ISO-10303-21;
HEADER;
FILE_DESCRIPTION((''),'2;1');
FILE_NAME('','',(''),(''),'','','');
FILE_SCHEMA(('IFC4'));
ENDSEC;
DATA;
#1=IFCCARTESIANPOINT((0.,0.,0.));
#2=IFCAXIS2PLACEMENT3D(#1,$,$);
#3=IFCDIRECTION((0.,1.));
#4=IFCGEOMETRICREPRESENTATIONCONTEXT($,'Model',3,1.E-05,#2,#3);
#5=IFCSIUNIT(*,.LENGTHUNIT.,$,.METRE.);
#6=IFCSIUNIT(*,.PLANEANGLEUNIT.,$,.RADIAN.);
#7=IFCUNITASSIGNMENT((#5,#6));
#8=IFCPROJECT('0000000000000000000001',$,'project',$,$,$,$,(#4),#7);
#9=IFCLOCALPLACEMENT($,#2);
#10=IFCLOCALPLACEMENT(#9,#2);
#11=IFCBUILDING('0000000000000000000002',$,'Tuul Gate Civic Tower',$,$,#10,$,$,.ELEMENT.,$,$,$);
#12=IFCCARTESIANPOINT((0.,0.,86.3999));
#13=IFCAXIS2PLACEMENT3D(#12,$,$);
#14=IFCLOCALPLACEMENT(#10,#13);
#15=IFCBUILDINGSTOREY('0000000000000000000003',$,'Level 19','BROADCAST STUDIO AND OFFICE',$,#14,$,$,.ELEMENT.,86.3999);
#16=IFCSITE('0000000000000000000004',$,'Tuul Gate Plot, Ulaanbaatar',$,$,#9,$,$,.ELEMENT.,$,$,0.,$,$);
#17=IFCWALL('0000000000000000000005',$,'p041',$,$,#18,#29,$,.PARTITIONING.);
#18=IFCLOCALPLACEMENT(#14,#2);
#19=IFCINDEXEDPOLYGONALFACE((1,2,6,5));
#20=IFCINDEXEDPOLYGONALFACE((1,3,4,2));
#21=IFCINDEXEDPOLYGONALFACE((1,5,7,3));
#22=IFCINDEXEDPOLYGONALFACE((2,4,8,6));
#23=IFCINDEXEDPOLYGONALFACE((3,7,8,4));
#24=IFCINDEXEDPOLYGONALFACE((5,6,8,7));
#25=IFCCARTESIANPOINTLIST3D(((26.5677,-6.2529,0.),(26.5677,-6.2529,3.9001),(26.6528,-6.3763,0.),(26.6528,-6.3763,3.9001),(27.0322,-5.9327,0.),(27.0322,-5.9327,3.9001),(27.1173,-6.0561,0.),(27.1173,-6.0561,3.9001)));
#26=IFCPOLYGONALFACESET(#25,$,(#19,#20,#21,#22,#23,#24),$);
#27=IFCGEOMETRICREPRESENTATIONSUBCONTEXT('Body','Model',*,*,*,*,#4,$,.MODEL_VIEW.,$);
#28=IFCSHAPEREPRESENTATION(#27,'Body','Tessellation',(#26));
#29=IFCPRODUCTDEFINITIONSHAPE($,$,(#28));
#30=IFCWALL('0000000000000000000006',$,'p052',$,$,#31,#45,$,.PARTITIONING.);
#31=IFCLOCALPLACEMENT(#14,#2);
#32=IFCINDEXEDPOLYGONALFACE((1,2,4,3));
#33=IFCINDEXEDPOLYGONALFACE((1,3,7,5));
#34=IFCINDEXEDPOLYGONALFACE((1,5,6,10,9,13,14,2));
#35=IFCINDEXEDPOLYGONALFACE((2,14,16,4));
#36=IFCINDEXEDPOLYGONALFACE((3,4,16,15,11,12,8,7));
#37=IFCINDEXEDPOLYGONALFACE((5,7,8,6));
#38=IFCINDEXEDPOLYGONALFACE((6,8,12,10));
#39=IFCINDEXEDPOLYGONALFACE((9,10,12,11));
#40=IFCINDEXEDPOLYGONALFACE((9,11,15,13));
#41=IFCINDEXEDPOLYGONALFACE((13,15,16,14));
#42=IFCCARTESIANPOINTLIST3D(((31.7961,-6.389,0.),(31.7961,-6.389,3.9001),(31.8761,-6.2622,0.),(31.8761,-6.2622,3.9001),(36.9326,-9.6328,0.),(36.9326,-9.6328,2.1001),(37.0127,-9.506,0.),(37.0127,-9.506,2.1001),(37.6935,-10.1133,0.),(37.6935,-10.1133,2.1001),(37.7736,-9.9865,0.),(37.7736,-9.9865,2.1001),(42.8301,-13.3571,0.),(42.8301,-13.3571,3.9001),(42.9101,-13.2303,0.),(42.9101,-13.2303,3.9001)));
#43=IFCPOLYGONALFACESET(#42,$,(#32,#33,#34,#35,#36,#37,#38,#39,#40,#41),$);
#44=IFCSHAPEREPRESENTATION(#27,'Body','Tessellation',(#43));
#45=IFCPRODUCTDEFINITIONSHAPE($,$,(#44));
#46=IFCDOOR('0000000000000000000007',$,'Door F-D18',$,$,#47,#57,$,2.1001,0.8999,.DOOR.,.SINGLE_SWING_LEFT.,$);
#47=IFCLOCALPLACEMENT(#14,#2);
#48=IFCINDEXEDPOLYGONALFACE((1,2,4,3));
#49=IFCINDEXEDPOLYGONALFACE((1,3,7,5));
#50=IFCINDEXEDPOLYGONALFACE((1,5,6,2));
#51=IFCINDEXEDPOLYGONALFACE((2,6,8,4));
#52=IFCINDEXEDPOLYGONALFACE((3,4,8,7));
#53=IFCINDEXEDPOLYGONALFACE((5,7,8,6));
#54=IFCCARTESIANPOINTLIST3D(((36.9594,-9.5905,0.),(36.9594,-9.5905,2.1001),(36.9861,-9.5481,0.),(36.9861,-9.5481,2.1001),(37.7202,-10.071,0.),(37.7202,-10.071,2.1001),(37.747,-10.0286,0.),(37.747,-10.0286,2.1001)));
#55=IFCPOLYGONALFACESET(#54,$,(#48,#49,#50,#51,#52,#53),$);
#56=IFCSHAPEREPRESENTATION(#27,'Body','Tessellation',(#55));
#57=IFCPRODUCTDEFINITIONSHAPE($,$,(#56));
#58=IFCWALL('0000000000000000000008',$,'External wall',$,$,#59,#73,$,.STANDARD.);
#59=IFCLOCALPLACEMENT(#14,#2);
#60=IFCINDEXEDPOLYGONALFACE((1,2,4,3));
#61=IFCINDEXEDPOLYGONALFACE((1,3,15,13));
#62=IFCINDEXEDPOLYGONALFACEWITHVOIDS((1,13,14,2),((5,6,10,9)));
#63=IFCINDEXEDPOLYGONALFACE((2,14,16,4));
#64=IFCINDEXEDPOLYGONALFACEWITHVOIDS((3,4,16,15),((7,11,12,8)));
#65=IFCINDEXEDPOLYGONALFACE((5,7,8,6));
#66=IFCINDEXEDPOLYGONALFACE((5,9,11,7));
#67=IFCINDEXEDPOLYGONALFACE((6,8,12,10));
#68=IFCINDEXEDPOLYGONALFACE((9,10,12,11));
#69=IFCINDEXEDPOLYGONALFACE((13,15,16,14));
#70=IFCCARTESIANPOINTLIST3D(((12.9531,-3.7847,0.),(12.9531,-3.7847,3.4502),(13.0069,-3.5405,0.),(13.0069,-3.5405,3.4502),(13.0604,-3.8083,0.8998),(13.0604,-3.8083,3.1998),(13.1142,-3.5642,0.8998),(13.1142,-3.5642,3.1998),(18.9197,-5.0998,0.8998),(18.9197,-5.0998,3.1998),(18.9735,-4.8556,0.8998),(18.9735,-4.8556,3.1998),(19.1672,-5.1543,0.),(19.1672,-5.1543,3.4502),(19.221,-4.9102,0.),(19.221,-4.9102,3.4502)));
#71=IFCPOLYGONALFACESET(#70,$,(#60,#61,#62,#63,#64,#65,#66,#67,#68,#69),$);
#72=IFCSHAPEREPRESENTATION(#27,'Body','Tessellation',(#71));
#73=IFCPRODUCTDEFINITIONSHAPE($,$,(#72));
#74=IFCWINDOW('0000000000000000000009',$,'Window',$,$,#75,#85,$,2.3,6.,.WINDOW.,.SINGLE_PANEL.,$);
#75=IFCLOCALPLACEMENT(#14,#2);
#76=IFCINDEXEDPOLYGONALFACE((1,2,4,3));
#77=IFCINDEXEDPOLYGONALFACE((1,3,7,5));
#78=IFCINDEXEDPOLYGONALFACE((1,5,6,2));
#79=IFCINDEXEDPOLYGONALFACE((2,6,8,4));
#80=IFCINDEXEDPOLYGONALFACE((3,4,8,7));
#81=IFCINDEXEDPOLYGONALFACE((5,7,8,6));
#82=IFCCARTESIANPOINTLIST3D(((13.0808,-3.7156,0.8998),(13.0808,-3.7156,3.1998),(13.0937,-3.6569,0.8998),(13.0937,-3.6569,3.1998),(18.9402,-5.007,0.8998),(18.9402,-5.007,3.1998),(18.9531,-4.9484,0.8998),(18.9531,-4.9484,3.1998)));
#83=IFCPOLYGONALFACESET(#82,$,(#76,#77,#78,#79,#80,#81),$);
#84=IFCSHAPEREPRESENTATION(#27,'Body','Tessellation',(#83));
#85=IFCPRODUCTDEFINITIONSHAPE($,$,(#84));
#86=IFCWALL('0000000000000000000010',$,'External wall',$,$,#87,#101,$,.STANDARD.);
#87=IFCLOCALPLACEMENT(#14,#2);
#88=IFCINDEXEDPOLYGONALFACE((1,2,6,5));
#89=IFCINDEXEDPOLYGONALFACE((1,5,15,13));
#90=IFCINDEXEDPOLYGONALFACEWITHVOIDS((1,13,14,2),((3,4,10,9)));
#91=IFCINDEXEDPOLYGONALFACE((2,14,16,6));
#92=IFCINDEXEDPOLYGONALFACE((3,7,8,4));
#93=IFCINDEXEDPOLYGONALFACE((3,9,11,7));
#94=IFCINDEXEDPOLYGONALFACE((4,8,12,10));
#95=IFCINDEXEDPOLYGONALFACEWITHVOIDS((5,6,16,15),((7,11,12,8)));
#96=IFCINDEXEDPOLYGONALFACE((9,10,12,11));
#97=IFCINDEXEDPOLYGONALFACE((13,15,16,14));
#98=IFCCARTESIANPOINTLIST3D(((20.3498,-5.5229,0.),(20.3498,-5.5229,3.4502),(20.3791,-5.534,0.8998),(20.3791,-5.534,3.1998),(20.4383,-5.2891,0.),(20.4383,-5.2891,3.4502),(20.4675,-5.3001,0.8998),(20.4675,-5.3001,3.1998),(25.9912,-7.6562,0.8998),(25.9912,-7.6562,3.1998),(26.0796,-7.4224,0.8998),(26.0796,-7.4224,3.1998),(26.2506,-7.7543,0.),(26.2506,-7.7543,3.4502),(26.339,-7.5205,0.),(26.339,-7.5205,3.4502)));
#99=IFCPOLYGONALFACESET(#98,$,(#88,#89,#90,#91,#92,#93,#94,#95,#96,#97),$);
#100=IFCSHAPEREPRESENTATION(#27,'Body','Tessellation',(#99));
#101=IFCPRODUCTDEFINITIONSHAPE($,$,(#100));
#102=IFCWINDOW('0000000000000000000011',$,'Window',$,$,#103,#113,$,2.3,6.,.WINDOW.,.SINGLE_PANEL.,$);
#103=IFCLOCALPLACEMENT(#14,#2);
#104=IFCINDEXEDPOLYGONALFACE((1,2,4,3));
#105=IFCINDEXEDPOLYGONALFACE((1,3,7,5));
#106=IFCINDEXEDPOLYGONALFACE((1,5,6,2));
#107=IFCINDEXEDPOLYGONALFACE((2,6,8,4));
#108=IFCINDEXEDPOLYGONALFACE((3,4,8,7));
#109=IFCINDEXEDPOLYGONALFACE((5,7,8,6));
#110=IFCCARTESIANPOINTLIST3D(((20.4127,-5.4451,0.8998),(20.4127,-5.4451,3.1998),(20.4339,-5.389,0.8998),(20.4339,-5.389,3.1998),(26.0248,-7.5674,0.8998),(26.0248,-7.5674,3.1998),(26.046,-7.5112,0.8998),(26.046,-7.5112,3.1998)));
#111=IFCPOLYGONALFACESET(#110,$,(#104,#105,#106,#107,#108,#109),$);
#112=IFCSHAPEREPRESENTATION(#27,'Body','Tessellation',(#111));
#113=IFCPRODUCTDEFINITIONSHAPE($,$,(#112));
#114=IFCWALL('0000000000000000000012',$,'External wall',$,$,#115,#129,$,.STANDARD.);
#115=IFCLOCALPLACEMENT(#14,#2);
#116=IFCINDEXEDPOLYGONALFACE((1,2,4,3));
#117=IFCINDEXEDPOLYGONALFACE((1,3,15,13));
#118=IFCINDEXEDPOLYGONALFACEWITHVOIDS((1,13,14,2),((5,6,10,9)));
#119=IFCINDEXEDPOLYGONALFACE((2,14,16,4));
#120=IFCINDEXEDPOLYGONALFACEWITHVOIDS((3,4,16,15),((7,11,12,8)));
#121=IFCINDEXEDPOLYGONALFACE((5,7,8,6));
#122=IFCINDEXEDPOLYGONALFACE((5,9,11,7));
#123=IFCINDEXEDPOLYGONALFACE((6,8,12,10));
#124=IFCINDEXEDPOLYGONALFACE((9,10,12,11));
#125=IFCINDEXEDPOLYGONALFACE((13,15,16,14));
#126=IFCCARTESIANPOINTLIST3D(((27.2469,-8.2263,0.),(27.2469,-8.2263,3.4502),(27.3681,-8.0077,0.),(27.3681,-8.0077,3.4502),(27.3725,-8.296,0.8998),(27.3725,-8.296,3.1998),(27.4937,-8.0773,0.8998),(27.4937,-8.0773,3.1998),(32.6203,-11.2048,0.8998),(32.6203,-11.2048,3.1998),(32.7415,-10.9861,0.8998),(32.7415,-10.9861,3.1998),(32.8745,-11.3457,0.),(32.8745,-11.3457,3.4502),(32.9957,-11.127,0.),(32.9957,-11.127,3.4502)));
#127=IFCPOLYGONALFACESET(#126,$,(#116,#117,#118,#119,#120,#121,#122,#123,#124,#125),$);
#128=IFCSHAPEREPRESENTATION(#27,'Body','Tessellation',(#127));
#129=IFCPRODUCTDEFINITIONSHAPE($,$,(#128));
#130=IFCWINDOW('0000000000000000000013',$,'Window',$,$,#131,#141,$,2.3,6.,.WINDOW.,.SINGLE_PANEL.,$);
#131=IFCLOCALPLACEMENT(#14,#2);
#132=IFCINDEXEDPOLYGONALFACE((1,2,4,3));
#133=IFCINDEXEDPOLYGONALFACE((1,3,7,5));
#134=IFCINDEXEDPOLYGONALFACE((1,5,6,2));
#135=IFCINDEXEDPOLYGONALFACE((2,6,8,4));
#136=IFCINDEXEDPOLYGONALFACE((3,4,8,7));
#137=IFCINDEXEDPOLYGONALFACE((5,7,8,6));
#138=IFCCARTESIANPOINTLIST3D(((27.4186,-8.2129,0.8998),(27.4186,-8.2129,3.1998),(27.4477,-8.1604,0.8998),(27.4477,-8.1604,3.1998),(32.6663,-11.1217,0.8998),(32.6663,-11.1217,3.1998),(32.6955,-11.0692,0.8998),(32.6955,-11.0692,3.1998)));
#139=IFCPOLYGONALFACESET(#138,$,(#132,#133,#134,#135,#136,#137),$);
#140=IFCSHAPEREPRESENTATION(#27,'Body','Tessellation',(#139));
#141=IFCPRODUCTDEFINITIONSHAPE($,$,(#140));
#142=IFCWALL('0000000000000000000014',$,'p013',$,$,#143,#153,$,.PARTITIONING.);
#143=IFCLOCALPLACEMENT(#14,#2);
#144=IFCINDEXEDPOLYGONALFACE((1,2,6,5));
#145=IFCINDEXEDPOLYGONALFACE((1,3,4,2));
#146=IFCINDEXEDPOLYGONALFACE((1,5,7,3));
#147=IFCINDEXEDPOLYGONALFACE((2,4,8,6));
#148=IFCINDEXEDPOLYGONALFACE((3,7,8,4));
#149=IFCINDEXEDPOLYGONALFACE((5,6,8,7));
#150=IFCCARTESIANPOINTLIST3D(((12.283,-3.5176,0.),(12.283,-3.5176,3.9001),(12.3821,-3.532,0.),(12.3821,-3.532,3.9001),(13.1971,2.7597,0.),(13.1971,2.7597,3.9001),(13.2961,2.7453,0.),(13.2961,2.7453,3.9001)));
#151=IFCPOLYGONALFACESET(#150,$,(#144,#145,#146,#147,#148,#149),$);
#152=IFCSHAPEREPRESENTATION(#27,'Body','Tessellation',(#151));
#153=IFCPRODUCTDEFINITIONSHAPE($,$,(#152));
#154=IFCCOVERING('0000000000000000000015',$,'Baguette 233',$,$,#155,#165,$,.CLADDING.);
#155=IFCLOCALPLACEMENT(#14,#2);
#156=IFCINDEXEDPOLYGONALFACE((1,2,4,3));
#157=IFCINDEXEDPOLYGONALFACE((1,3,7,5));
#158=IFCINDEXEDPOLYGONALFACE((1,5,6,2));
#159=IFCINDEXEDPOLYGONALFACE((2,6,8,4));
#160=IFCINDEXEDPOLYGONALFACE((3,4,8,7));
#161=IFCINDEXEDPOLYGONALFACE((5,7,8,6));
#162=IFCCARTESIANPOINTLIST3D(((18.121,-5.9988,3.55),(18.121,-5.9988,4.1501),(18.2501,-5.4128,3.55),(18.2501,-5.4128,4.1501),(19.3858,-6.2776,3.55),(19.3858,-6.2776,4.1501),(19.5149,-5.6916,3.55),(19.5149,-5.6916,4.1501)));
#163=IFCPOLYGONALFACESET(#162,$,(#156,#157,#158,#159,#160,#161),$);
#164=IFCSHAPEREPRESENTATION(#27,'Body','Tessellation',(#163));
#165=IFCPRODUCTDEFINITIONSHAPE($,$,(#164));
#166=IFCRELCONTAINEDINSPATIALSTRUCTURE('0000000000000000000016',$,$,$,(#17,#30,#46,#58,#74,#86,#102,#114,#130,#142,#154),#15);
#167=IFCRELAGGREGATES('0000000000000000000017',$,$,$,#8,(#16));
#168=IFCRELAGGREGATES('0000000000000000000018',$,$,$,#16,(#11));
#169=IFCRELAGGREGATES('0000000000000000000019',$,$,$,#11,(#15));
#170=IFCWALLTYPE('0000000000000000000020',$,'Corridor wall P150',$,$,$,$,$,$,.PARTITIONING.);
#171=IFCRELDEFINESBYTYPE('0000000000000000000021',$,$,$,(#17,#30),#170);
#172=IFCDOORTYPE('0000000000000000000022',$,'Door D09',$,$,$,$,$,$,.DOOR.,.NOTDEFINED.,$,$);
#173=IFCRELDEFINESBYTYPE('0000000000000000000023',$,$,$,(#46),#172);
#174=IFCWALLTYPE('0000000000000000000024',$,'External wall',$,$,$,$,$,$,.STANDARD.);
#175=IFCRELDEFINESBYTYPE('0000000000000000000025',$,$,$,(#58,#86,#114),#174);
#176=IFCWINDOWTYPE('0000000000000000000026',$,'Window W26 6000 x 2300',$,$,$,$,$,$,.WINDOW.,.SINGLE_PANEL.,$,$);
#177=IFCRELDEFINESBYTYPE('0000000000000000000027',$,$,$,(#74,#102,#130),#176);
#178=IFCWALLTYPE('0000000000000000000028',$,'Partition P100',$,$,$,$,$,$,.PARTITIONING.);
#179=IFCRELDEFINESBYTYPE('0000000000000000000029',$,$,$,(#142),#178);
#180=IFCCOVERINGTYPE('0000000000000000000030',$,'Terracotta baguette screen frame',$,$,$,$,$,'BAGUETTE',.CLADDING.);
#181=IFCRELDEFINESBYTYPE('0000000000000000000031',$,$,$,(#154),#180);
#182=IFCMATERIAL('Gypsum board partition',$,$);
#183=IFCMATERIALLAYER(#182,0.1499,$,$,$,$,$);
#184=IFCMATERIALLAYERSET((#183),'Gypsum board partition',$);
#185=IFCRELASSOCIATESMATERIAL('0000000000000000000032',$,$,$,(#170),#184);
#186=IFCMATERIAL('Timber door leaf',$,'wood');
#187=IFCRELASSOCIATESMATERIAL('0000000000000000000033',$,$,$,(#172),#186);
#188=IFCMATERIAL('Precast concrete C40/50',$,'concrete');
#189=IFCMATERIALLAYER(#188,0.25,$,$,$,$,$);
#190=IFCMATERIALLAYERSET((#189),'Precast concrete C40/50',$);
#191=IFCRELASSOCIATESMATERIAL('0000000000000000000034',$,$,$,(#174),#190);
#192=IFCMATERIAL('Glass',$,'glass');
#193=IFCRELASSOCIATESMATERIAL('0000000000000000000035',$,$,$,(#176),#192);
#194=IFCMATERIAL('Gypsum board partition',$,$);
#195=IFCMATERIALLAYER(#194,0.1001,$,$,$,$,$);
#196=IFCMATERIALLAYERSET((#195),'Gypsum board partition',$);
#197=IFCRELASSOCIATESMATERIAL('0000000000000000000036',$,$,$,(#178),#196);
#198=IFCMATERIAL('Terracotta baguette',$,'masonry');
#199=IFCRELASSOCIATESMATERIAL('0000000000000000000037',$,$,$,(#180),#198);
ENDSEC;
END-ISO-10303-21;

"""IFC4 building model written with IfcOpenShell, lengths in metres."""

from ifc_helpers import new_model, si_unit, direction, frame, frame_2d, origin, origin_2d, place, context, subcontext, project, spatial, rectangle, extrude, material, layer, layer_set, material_profile, profile_set, type_object, element, fill, save


model = new_model("IFC4")

# Units and contexts
model_context = context("Model", 3, precision=1e-05, world=origin(), true_north=direction((0.0, 1.0)))
body_context = subcontext(model_context, "Body", "Model", "MODEL_VIEW")
ifc_project = project(units=[si_unit("LENGTHUNIT", "METRE"), si_unit("PLANEANGLEUNIT", "RADIAN")], contexts=[model_context])

# Site, building, storey
site_placement = place(None, origin())
site = spatial("IfcSite", under=ifc_project, at=site_placement, Name="Tuul Gate Plot, Ulaanbaatar", CompositionType="ELEMENT", RefElevation=0.0)
building_placement = place(site_placement, origin())
building = spatial("IfcBuilding", under=site, at=building_placement, Name="Tuul Gate Civic Tower", CompositionType="ELEMENT")
storey_placement = place(building_placement, frame((0.0, 0.0, 86.3999)))
storey = spatial("IfcBuildingStorey", under=building, at=storey_placement, Name="Level 19", Description="BROADCAST STUDIO AND OFFICE", CompositionType="ELEMENT", Elevation=86.3999)

# Shared definitions
ifc_material_1 = material(Name="Gypsum board partition")
ifc_layer_1 = layer(ifc_material_1, 0.1499)
ifc_layer_set_1 = layer_set([ifc_layer_1], Name="Gypsum board partition")
wall_type_1 = type_object("IfcWallType", Name="Corridor wall P150", PredefinedType="PARTITIONING", material=ifc_layer_set_1)
ifc_material_2 = material(Name="Timber door leaf", Category="wood")
door_type_1 = type_object("IfcDoorType", Name="Door D09", OperationType="NOTDEFINED", PredefinedType="DOOR", material=ifc_material_2)

# Wall
wall_1_placement = place(storey_placement, frame((26.6101, -6.3147, 0.0), z_axis=(0.0, 0.0, 1.0), x_axis=(0.823296, 0.567612, 0.0)))
element("IfcWall", 1, at=wall_1_placement, inside=storey, type_object=wall_type_1, Name="p041", PredefinedType="PARTITIONING", context=body_context, shape_type="SweptSolid", body=[
    extrude(rectangle(XDim=0.5642, YDim=0.1499, at=frame_2d((0.2822, 0.0))), origin(), (0.0, 0.0, 1.0), 3.9001),
])

# Wall, opening, door
wall_2_placement = place(storey_placement, frame((31.8362, -6.3257, 0.0), z_axis=(0.0, 0.0, 1.0), x_axis=(0.845516, -0.53395, 0.0)))
wall_2 = element("IfcWall", 2, at=wall_2_placement, inside=storey, type_object=wall_type_1, Name="p052", PredefinedType="PARTITIONING", context=body_context, shape_type="SweptSolid", body=[
    extrude(rectangle(XDim=13.05, YDim=0.1499, at=frame_2d((6.5249, 0.0))), origin(), (0.0, 0.0, 1.0), 3.9001),
])
opening_1_placement = place(wall_2_placement, frame((6.075, 0.0, 0.0)))
opening_1 = element("IfcOpeningElement", 3, at=opening_1_placement, cuts=wall_2, PredefinedType="OPENING", context=body_context, shape_type="SweptSolid", body=[
    extrude(rectangle(XDim=0.8999, YDim=2.1001, at=frame_2d((0.45, 1.05))), frame((0.0, 0.085, 0.0), z_axis=(0.0, -1.0, 0.0), x_axis=(1.0, 0.0, 0.0)), (0.0, 0.0, 1.0), 0.1699),
])
door_1_placement = place(opening_1_placement, frame((0.8999, 0.0, 0.0), z_axis=(0.0, 0.0, 1.0), x_axis=(-1.0, 0.0, 0.0)))
door_1 = element("IfcDoor", 4, at=door_1_placement, inside=storey, type_object=door_type_1, Name="Door F-D18", OperationType="SINGLE_SWING_LEFT", OverallHeight=2.1001, OverallWidth=0.8999, PredefinedType="DOOR", context=body_context, shape_type="SweptSolid", body=[
    extrude(rectangle(XDim=0.8999, YDim=2.1001, at=frame_2d((0.45, 1.05))), frame((0.0, 0.0249, 0.0), z_axis=(0.0, -1.0, 0.0), x_axis=(1.0, 0.0, 0.0)), (0.0, 0.0, 1.0), 0.05),
])
fill(opening_1, door_1)

# Walls, openings, windows
ifc_material_3 = material(Name="Precast concrete C40/50", Category="concrete")
ifc_layer_2 = layer(ifc_material_3, 0.25)
ifc_layer_set_2 = layer_set([ifc_layer_2], Name="Precast concrete C40/50")
wall_type_2 = type_object("IfcWallType", Name="External wall", PredefinedType="STANDARD", material=ifc_layer_set_2)
wall_3_placement = place(storey_placement, frame((12.98, -3.6626, 0.0), z_axis=(0.0, 0.0, 1.0), x_axis=(0.976561, -0.21524, 0.0)))
wall_3 = element("IfcWall", 5, at=wall_3_placement, inside=storey, type_object=wall_type_2, Name="External wall", PredefinedType="STANDARD", context=body_context, shape_type="SweptSolid", body=[
    extrude(rectangle(XDim=6.3633, YDim=0.25, at=frame_2d((3.1816, 0.0))), origin(), (0.0, 0.0, 1.0), 3.4502),
])
opening_2_placement = place(wall_3_placement, frame((0.1099, 0.0, 0.8999)))
opening_2 = element("IfcOpeningElement", 6, at=opening_2_placement, cuts=wall_3, PredefinedType="OPENING", context=body_context, shape_type="SweptSolid", body=[
    extrude(rectangle(XDim=6.0, YDim=2.3, at=frame_2d((3.0, 1.1499))), frame((0.0, 0.135, 0.0), z_axis=(0.0, -1.0, 0.0), x_axis=(1.0, 0.0, 0.0)), (0.0, 0.0, 1.0), 0.27),
])
ifc_material_4 = material(Name="Glass", Category="glass")
window_type = type_object("IfcWindowType", Name="Window W26 6000 x 2300", PartitioningType="SINGLE_PANEL", PredefinedType="WINDOW", material=ifc_material_4)
window_1_placement = place(opening_2_placement, origin())
window_1 = element("IfcWindow", 7, at=window_1_placement, inside=storey, type_object=window_type, Name="Window", OverallHeight=2.3, OverallWidth=6.0, PartitioningType="SINGLE_PANEL", PredefinedType="WINDOW", context=body_context, shape_type="SweptSolid", body=[
    extrude(rectangle(XDim=6.0, YDim=2.3, at=frame_2d((3.0, 1.1499))), frame((0.0, 0.03, 0.0), z_axis=(0.0, -1.0, 0.0), x_axis=(1.0, 0.0, 0.0)), (0.0, 0.0, 1.0), 0.0601),
])
fill(opening_2, window_1)
wall_4_placement = place(storey_placement, frame((20.394, -5.406, 0.0), z_axis=(0.0, 0.0, 1.0), x_axis=(0.935355, -0.353709, 0.0)))
wall_4 = element("IfcWall", 8, at=wall_4_placement, inside=storey, type_object=wall_type_2, Name="External wall", PredefinedType="STANDARD", context=body_context, shape_type="SweptSolid", body=[
    extrude(rectangle(XDim=6.3086, YDim=0.25, at=frame_2d((3.1543, 0.0))), origin(), (0.0, 0.0, 1.0), 3.4502),
])
opening_3_placement = place(wall_4_placement, frame((0.0312, 0.0, 0.8999)))
opening_3 = element("IfcOpeningElement", 9, at=opening_3_placement, cuts=wall_4, PredefinedType="OPENING", context=body_context, shape_type="SweptSolid", body=[
    extrude(rectangle(XDim=6.0, YDim=2.3, at=frame_2d((3.0, 1.1499))), frame((0.0, 0.135, 0.0), z_axis=(0.0, -1.0, 0.0), x_axis=(1.0, 0.0, 0.0)), (0.0, 0.0, 1.0), 0.27),
])
window_2_placement = place(opening_3_placement, origin())
window_2 = element("IfcWindow", 10, at=window_2_placement, inside=storey, type_object=window_type, Name="Window", OverallHeight=2.3, OverallWidth=6.0, PartitioningType="SINGLE_PANEL", PredefinedType="WINDOW", context=body_context, shape_type="SweptSolid", body=[
    extrude(rectangle(XDim=6.0, YDim=2.3, at=frame_2d((3.0, 1.1499))), frame((0.0, 0.03, 0.0), z_axis=(0.0, -1.0, 0.0), x_axis=(1.0, 0.0, 0.0)), (0.0, 0.0, 1.0), 0.0601),
])
fill(opening_3, window_2)
wall_5_placement = place(storey_placement, frame((27.3074, -8.1169, 0.0), z_axis=(0.0, 0.0, 1.0), x_axis=(0.874626, -0.484799, 0.0)))
wall_5 = element("IfcWall", 11, at=wall_5_placement, inside=storey, type_object=wall_type_2, Name="External wall", PredefinedType="STANDARD", context=body_context, shape_type="SweptSolid", body=[
    extrude(rectangle(XDim=6.4343, YDim=0.25, at=frame_2d((3.2173, 0.0))), origin(), (0.0, 0.0, 1.0), 3.4502),
])
opening_4_placement = place(wall_5_placement, frame((0.1438, 0.0, 0.8999)))
opening_4 = element("IfcOpeningElement", 12, at=opening_4_placement, cuts=wall_5, PredefinedType="OPENING", context=body_context, shape_type="SweptSolid", body=[
    extrude(rectangle(XDim=6.0, YDim=2.3, at=frame_2d((3.0, 1.1499))), frame((0.0, 0.135, 0.0), z_axis=(0.0, -1.0, 0.0), x_axis=(1.0, 0.0, 0.0)), (0.0, 0.0, 1.0), 0.27),
])
window_3_placement = place(opening_4_placement, origin())
window_3 = element("IfcWindow", 13, at=window_3_placement, inside=storey, type_object=window_type, Name="Window", OverallHeight=2.3, OverallWidth=6.0, PartitioningType="SINGLE_PANEL", PredefinedType="WINDOW", context=body_context, shape_type="SweptSolid", body=[
    extrude(rectangle(XDim=6.0, YDim=2.3, at=frame_2d((3.0, 1.1499))), frame((0.0, 0.03, 0.0), z_axis=(0.0, -1.0, 0.0), x_axis=(1.0, 0.0, 0.0)), (0.0, 0.0, 1.0), 0.0601),
])
fill(opening_4, window_3)

# Wall
ifc_material_5 = material(Name="Gypsum board partition")
ifc_layer_3 = layer(ifc_material_5, 0.1001)
ifc_layer_set_3 = layer_set([ifc_layer_3], Name="Gypsum board partition")
wall_type_3 = type_object("IfcWallType", Name="Partition P100", PredefinedType="PARTITIONING", material=ifc_layer_set_3)
wall_6_placement = place(storey_placement, frame((12.3325, -3.5249, 0.0), z_axis=(0.0, 0.0, 1.0), x_axis=(0.144093, 0.989564, 0.0)))
element("IfcWall", 14, at=wall_6_placement, inside=storey, type_object=wall_type_3, Name="p013", PredefinedType="PARTITIONING", context=body_context, shape_type="SweptSolid", body=[
    extrude(rectangle(XDim=6.3435, YDim=0.1001, at=frame_2d((3.1719, 0.0))), origin(), (0.0, 0.0, 1.0), 3.9001),
])

# Covering
ifc_material_6 = material(Name="Terracotta baguette", Category="masonry")
ifc_material_profile_1 = material_profile(ifc_material_6, rectangle(XDim=0.6001, YDim=0.6001, at=origin_2d()), Name="Terracotta baguette screen frame")
ifc_profile_set_1 = profile_set([ifc_material_profile_1], Name="Terracotta baguette")
covering_type = type_object("IfcCoveringType", Name="Terracotta baguette screen frame", ElementType="BAGUETTE", PredefinedType="CLADDING", material=ifc_profile_set_1)
covering_1_placement = place(storey_placement, frame((18.1855, -5.7058, 3.8501), z_axis=(0.976558, -0.215254, 0.0), x_axis=(0.215254, 0.976558, 0.0)))
element("IfcCovering", 15, at=covering_1_placement, inside=storey, type_object=covering_type, Name="Baguette 233", PredefinedType="CLADDING", context=body_context, shape_type="SweptSolid", body=[
    extrude(rectangle(XDim=0.6001, YDim=0.6001, at=origin_2d()), origin(), (0.0, 0.0, 1.0), 1.2952),
])

save(model, "model.ifc")
